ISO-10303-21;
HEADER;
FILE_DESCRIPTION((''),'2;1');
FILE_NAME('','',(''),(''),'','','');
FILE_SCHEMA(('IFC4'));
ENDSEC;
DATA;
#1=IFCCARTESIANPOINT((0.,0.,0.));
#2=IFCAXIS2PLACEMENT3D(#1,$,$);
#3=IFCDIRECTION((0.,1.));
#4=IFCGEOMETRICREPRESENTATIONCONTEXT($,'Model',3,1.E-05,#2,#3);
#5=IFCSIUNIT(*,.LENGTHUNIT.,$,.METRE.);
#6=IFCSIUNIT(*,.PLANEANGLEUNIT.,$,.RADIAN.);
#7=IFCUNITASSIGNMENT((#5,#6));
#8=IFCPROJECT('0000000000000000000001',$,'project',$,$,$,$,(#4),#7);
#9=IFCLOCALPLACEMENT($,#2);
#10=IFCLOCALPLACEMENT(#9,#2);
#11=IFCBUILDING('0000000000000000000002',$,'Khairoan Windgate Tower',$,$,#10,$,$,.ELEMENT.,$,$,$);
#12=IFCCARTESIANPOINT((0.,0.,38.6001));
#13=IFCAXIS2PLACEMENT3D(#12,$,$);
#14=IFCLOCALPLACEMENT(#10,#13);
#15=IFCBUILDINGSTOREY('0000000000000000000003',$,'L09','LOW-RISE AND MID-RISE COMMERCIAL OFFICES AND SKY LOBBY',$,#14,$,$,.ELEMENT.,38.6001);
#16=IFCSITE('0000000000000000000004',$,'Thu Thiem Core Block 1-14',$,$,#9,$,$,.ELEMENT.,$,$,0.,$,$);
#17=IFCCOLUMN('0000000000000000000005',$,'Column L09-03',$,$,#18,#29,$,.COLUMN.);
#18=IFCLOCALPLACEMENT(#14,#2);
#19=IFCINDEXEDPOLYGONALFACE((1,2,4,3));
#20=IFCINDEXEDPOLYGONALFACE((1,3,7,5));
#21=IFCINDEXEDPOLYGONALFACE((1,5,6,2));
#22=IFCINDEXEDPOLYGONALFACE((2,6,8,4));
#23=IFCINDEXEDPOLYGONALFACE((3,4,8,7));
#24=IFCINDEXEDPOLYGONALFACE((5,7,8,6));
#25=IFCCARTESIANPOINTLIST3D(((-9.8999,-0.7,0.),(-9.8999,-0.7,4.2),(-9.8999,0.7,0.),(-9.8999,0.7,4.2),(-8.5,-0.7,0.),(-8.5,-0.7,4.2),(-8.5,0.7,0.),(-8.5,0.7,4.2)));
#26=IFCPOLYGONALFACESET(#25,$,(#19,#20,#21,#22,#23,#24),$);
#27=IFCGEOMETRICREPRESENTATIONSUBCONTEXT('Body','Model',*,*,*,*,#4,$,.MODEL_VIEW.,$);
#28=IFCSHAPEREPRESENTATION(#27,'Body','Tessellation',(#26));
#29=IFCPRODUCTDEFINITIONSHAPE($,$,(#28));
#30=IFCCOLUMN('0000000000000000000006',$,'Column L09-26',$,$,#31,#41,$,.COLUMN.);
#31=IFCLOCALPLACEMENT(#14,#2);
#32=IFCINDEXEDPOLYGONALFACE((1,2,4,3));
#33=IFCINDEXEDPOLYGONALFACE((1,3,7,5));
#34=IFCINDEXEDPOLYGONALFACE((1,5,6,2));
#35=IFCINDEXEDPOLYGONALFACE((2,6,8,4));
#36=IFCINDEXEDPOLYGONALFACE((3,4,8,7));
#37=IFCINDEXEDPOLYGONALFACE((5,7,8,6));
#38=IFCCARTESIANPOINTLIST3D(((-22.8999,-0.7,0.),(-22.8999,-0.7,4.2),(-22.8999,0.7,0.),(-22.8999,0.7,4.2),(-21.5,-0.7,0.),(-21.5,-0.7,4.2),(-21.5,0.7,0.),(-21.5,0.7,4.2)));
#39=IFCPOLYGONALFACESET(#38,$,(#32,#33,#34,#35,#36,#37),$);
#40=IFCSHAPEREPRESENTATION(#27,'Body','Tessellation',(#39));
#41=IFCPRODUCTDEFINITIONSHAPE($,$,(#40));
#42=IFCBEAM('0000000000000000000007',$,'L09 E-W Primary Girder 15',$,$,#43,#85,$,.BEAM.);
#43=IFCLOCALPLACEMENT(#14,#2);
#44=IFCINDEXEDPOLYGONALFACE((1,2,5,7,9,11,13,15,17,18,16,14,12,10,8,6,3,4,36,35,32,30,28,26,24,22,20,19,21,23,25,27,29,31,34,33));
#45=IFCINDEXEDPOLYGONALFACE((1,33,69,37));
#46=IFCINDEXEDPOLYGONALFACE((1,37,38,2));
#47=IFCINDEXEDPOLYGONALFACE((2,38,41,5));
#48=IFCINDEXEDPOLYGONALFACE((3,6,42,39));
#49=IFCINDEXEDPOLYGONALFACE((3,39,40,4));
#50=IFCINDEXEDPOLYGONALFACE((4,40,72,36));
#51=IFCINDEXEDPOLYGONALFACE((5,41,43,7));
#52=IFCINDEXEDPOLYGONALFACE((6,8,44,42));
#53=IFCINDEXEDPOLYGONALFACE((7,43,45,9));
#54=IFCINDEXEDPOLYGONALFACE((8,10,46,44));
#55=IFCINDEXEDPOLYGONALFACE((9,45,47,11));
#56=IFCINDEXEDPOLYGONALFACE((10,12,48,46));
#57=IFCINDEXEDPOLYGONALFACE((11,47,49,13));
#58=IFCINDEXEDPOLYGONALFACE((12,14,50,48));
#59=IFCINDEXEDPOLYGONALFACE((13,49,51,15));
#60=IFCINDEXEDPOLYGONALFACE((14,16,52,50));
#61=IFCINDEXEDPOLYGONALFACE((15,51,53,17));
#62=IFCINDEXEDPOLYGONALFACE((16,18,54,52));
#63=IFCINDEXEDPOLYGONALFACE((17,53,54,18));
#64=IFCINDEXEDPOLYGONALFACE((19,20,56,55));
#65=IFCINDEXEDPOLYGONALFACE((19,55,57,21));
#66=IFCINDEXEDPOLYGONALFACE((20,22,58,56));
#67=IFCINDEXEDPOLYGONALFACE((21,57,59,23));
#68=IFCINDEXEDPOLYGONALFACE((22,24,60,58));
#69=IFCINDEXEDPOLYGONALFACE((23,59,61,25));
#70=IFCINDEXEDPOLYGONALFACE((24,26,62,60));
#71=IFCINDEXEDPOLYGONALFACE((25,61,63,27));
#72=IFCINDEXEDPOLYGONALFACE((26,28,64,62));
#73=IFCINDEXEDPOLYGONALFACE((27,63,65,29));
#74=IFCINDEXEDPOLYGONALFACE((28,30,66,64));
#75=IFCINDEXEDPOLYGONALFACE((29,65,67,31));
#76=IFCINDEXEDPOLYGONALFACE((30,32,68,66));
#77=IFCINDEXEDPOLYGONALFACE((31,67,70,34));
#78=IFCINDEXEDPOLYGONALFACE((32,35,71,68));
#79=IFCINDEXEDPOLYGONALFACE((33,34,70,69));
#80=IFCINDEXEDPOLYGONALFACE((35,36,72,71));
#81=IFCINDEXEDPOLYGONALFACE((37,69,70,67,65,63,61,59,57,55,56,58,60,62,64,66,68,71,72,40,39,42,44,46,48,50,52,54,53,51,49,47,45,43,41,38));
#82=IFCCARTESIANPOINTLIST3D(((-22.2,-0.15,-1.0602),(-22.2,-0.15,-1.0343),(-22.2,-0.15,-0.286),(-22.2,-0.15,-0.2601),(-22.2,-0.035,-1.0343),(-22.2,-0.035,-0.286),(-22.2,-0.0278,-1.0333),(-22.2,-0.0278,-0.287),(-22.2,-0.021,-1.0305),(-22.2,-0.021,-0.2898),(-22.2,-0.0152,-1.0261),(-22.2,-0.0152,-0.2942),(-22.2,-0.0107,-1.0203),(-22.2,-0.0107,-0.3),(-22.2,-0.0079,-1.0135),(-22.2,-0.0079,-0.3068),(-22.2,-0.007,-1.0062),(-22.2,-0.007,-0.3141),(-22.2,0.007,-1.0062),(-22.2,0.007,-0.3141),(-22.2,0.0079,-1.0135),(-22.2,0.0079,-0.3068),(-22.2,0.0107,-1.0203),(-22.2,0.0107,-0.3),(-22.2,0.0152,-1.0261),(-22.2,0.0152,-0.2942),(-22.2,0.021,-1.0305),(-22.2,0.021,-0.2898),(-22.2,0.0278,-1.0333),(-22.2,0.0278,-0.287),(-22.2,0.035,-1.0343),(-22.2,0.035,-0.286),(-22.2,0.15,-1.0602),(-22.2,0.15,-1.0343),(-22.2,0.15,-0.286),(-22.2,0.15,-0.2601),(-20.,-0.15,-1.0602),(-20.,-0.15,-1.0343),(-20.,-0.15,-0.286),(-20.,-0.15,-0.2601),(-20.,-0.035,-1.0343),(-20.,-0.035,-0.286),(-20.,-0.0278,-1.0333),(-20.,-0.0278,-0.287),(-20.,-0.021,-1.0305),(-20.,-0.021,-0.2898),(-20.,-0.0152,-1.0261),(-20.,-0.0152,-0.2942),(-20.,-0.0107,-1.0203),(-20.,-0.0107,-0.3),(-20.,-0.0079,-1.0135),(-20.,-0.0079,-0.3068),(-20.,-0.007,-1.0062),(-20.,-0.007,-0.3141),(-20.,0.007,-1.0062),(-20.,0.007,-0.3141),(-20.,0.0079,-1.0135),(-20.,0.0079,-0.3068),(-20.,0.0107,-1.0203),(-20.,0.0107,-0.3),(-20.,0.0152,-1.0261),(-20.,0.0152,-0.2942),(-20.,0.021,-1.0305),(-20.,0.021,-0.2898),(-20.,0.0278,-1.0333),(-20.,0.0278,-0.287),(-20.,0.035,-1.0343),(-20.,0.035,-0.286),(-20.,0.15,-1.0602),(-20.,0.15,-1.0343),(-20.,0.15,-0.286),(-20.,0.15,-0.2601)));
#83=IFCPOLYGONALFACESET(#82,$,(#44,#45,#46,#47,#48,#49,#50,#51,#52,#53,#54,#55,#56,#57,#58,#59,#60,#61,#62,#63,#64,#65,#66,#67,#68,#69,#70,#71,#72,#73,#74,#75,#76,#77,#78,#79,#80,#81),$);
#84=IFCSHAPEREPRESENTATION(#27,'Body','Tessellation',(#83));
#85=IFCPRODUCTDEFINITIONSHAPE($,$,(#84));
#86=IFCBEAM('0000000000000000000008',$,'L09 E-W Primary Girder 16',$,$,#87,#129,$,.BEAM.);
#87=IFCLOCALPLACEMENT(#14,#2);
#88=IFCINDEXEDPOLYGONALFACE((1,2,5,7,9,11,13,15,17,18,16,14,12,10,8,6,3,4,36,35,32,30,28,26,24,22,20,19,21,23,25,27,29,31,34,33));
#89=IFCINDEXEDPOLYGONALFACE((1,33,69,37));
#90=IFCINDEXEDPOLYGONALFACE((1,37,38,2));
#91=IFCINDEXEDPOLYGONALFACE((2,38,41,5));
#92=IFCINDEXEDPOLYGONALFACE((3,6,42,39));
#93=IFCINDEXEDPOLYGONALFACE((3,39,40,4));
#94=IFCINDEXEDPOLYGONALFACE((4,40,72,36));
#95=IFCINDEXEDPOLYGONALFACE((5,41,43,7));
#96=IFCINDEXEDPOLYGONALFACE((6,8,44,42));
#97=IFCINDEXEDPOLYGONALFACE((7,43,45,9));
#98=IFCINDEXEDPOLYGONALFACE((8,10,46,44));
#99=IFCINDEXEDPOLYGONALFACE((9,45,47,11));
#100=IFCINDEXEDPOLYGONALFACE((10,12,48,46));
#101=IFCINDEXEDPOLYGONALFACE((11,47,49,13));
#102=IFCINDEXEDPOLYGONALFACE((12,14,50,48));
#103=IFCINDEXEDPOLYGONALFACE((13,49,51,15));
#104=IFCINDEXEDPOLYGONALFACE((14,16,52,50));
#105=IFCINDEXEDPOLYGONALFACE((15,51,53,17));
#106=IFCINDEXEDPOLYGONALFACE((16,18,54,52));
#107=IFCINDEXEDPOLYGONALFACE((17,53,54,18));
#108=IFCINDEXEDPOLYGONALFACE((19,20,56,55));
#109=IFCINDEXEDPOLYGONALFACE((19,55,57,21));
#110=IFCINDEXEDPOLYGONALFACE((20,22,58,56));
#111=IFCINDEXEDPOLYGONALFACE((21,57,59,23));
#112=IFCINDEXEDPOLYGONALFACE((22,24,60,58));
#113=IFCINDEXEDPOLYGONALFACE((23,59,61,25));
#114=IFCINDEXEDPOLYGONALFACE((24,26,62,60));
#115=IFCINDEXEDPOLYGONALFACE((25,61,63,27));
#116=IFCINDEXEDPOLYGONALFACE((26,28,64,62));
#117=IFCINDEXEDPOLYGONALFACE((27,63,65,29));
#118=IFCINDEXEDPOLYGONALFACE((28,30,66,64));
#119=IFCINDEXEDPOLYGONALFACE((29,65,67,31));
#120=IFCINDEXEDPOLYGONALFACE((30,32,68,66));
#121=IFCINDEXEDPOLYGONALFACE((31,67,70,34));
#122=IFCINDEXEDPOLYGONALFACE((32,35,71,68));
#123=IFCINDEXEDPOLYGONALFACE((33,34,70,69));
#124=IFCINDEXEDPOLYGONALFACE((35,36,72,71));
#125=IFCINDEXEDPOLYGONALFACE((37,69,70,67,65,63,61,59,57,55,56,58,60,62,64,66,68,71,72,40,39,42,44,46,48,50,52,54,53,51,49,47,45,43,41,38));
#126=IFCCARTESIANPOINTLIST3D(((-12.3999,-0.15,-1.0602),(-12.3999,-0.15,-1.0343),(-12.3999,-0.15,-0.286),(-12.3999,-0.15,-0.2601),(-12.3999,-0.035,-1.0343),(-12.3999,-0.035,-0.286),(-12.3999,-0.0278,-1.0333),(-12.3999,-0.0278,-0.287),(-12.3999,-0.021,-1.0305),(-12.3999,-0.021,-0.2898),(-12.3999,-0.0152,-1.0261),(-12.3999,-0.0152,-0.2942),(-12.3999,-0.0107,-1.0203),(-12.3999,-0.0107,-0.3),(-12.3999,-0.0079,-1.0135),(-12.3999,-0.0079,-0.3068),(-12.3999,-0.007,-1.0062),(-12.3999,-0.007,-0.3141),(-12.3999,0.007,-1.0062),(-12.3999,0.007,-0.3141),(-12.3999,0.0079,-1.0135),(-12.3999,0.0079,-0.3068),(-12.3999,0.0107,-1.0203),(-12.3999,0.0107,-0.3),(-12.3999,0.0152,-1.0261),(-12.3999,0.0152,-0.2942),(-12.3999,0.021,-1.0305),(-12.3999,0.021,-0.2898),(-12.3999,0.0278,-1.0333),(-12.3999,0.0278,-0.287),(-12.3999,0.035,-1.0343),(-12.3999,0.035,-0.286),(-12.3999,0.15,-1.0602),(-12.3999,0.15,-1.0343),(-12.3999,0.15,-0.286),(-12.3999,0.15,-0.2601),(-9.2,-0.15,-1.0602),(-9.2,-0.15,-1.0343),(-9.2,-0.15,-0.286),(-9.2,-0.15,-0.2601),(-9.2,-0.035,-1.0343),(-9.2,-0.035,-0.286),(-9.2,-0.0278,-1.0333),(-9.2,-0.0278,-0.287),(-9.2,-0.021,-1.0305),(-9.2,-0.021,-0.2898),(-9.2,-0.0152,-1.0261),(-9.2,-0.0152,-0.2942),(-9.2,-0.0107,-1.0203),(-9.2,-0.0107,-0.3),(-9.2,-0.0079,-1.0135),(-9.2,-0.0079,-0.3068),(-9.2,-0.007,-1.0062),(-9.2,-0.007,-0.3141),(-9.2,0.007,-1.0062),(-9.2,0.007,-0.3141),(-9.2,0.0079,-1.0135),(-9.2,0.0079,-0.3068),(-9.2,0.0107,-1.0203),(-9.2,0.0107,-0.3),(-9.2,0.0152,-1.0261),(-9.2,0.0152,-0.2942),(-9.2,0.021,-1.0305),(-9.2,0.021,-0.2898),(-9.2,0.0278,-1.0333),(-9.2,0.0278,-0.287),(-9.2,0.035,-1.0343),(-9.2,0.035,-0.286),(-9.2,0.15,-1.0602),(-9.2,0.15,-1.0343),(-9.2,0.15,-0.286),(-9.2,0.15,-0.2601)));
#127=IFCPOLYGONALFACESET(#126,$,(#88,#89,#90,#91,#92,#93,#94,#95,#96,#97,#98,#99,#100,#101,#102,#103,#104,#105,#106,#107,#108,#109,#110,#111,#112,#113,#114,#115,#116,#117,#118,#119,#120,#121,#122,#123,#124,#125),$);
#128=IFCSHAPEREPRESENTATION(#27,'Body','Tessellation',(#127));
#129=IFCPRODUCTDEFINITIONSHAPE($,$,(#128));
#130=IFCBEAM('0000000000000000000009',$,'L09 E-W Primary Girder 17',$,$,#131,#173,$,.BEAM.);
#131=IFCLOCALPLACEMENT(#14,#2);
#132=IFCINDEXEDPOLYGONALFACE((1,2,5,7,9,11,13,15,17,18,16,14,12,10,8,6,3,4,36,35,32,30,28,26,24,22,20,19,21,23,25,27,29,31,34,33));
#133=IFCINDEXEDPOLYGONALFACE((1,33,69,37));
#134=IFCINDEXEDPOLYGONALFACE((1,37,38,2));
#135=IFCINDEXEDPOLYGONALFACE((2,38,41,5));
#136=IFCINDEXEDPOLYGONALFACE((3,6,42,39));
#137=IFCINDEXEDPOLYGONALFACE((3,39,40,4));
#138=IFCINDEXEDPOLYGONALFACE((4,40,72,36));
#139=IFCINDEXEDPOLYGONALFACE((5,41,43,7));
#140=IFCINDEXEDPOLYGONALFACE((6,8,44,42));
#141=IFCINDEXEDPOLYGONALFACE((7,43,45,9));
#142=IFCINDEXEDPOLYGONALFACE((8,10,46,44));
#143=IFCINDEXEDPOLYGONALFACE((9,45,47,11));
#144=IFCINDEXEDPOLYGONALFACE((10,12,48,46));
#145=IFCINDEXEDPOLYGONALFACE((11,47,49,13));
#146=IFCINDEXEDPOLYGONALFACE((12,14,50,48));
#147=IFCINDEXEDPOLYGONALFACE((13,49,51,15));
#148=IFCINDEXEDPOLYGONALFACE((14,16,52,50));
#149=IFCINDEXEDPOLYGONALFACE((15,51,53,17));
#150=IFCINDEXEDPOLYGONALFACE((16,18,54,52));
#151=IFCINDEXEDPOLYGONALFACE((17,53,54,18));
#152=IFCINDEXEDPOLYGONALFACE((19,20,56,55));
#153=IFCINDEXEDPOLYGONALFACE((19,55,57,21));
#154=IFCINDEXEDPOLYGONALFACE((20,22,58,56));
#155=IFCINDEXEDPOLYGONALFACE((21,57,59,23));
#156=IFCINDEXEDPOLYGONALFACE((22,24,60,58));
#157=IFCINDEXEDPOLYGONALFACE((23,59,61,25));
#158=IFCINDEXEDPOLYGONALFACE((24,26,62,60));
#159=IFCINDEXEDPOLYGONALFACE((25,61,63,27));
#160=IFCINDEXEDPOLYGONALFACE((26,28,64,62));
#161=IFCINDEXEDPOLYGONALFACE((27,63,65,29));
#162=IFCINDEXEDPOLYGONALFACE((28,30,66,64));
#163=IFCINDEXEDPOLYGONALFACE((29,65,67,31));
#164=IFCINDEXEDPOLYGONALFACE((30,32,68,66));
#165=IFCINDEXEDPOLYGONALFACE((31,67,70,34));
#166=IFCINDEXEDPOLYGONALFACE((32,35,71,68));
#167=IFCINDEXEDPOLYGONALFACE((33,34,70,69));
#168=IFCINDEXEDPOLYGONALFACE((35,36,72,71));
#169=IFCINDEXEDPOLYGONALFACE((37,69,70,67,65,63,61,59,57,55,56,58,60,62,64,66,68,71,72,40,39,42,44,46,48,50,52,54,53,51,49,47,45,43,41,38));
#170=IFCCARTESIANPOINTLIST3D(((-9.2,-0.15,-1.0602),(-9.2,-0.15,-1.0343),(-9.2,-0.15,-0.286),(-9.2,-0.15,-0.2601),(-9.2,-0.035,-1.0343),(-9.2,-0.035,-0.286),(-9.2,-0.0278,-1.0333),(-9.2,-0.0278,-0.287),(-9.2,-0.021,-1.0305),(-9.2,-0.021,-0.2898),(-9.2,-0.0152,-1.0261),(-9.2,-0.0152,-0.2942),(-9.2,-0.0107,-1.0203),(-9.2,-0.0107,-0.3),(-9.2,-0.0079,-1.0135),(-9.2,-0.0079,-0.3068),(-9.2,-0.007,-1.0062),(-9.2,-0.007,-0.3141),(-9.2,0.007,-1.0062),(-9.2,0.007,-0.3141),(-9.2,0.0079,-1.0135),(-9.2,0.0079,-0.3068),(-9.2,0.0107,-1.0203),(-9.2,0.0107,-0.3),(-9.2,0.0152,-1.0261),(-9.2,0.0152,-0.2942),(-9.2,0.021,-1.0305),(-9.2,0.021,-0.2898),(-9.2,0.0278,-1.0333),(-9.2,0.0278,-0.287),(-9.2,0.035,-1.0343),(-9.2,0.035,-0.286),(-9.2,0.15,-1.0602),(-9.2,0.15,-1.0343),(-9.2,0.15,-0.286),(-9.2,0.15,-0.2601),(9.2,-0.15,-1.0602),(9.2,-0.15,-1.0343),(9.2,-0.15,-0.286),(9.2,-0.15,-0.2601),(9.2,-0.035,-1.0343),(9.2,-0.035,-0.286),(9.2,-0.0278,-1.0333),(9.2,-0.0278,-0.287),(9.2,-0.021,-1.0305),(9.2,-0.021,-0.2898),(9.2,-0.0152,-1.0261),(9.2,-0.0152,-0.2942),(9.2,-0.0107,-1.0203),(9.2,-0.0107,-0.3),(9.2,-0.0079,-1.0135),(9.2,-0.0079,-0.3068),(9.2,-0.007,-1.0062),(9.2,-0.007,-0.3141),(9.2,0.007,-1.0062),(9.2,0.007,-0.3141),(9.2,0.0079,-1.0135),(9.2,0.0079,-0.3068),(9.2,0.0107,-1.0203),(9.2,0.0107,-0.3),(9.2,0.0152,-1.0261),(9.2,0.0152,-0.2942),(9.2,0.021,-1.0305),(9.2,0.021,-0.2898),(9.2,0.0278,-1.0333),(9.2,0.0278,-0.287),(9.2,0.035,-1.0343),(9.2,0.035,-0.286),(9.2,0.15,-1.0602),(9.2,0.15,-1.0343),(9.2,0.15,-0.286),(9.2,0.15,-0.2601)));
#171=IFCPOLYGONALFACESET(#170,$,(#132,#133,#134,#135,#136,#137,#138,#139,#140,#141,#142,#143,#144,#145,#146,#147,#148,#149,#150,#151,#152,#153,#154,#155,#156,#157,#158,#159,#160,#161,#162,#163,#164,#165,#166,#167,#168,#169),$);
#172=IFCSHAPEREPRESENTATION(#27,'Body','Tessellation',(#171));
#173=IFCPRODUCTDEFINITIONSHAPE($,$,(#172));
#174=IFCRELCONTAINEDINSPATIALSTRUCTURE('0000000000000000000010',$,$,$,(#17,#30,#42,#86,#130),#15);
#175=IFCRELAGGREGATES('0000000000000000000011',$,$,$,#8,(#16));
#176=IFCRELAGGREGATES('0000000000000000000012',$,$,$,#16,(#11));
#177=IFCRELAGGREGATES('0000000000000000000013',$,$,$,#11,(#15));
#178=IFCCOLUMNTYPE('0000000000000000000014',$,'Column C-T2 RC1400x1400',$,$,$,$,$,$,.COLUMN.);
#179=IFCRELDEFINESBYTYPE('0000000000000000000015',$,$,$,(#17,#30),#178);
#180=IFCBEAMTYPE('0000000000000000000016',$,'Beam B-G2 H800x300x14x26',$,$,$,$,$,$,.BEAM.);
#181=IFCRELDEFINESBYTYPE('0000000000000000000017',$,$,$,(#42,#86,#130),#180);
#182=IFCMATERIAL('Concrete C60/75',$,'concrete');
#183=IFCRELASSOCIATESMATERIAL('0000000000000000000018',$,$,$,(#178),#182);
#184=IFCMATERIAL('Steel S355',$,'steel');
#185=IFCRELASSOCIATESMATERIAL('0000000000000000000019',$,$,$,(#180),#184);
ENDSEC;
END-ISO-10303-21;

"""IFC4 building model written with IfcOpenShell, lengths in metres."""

from ifc_helpers import new_model, si_unit, direction, frame, origin, origin_2d, place, context, subcontext, project, spatial, rectangle, i_section, extrude, material, material_profile, profile_set, type_object, element, save


model = new_model("IFC4")

# Units and contexts
model_context = context("Model", 3, precision=1e-05, world=origin(), true_north=direction((0.0, 1.0)))
body_context = subcontext(model_context, "Body", "Model", "MODEL_VIEW")
ifc_project = project(units=[si_unit("LENGTHUNIT", "METRE"), si_unit("PLANEANGLEUNIT", "RADIAN")], contexts=[model_context])

# Site, building, storey
site_placement = place(None, origin())
site = spatial("IfcSite", under=ifc_project, at=site_placement, Name="Thu Thiem Core Block 1-14", CompositionType="ELEMENT", RefElevation=0.0)
building_placement = place(site_placement, origin())
building = spatial("IfcBuilding", under=site, at=building_placement, Name="Khairoan Windgate Tower", CompositionType="ELEMENT")
storey_placement = place(building_placement, frame((0.0, 0.0, 38.6001)))
storey = spatial("IfcBuildingStorey", under=building, at=storey_placement, Name="L09", Description="LOW-RISE AND MID-RISE COMMERCIAL OFFICES AND SKY LOBBY", CompositionType="ELEMENT", Elevation=38.6001)

# Columns
ifc_material_1 = material(Name="Concrete C60/75", Category="concrete")
ifc_material_profile_1 = material_profile(ifc_material_1, rectangle(XDim=1.3999, YDim=1.3999, at=origin_2d()))
ifc_profile_set_1 = profile_set([ifc_material_profile_1], Name="Concrete C60/75")
column_type = type_object("IfcColumnType", Name="Column C-T2 RC1400x1400", PredefinedType="COLUMN", material=ifc_profile_set_1)
for number, where, z_axis, x_axis, name in (
    (1, (-9.2, 0.0, 0.0), (0.0, 0.0, 1.0), (1.0, 0.0, 0.0), "Column L09-03"),
    (2, (-22.2, 0.0, 0.0), (0.0, 0.0, 1.0), (1.0, 0.0, 0.0), "Column L09-26"),
):
    element("IfcColumn", number, at=place(storey_placement, frame(where, z_axis=z_axis, x_axis=x_axis)), inside=storey, type_object=column_type, Name=name, PredefinedType="COLUMN", context=body_context, shape_type="SweptSolid", body=[
        extrude(rectangle(XDim=1.3999, YDim=1.3999, at=origin_2d()), origin(), (0.0, 0.0, 1.0), 4.2),
    ])

# Beams
ifc_material_2 = material(Name="Steel S355", Category="steel")
ifc_material_profile_2 = material_profile(ifc_material_2, i_section(OverallWidth=0.3, OverallDepth=0.8, WebThickness=0.0139, FlangeThickness=0.0259, FilletRadius=0.0281, at=origin_2d()))
ifc_profile_set_2 = profile_set([ifc_material_profile_2], Name="Steel S355")
beam_type_1 = type_object("IfcBeamType", Name="Beam B-G2 H800x300x14x26", PredefinedType="BEAM", material=ifc_profile_set_2)
beam_1_placement = place(storey_placement, frame((-22.2, 0.0, -0.6602), z_axis=(1.0, 0.0, 0.0), x_axis=(0.0, 1.0, 0.0)))
element("IfcBeam", 3, at=beam_1_placement, inside=storey, type_object=beam_type_1, Name="L09 E-W Primary Girder 15", PredefinedType="BEAM", context=body_context, shape_type="SweptSolid", body=[
    extrude(i_section(OverallWidth=0.3, OverallDepth=0.8, WebThickness=0.0139, FlangeThickness=0.0259, FilletRadius=0.0281, at=origin_2d()), origin(), (0.0, 0.0, 1.0), 2.2),
])
beam_2_placement = place(storey_placement, frame((-12.3999, 0.0, -0.6602), z_axis=(1.0, 0.0, 0.0), x_axis=(0.0, 1.0, 0.0)))
element("IfcBeam", 4, at=beam_2_placement, inside=storey, type_object=beam_type_1, Name="L09 E-W Primary Girder 16", PredefinedType="BEAM", context=body_context, shape_type="SweptSolid", body=[
    extrude(i_section(OverallWidth=0.3, OverallDepth=0.8, WebThickness=0.0139, FlangeThickness=0.0259, FilletRadius=0.0281, at=origin_2d()), origin(), (0.0, 0.0, 1.0), 3.2),
])
beam_3_placement = place(storey_placement, frame((-9.2, 0.0, -0.6602), z_axis=(1.0, 0.0, 0.0), x_axis=(0.0, 1.0, 0.0)))
element("IfcBeam", 5, at=beam_3_placement, inside=storey, type_object=beam_type_1, Name="L09 E-W Primary Girder 17", PredefinedType="BEAM", context=body_context, shape_type="SweptSolid", body=[
    extrude(i_section(OverallWidth=0.3, OverallDepth=0.8, WebThickness=0.0139, FlangeThickness=0.0259, FilletRadius=0.0281, at=origin_2d()), origin(), (0.0, 0.0, 1.0), 18.3999),
])

save(model, "model.ifc")
